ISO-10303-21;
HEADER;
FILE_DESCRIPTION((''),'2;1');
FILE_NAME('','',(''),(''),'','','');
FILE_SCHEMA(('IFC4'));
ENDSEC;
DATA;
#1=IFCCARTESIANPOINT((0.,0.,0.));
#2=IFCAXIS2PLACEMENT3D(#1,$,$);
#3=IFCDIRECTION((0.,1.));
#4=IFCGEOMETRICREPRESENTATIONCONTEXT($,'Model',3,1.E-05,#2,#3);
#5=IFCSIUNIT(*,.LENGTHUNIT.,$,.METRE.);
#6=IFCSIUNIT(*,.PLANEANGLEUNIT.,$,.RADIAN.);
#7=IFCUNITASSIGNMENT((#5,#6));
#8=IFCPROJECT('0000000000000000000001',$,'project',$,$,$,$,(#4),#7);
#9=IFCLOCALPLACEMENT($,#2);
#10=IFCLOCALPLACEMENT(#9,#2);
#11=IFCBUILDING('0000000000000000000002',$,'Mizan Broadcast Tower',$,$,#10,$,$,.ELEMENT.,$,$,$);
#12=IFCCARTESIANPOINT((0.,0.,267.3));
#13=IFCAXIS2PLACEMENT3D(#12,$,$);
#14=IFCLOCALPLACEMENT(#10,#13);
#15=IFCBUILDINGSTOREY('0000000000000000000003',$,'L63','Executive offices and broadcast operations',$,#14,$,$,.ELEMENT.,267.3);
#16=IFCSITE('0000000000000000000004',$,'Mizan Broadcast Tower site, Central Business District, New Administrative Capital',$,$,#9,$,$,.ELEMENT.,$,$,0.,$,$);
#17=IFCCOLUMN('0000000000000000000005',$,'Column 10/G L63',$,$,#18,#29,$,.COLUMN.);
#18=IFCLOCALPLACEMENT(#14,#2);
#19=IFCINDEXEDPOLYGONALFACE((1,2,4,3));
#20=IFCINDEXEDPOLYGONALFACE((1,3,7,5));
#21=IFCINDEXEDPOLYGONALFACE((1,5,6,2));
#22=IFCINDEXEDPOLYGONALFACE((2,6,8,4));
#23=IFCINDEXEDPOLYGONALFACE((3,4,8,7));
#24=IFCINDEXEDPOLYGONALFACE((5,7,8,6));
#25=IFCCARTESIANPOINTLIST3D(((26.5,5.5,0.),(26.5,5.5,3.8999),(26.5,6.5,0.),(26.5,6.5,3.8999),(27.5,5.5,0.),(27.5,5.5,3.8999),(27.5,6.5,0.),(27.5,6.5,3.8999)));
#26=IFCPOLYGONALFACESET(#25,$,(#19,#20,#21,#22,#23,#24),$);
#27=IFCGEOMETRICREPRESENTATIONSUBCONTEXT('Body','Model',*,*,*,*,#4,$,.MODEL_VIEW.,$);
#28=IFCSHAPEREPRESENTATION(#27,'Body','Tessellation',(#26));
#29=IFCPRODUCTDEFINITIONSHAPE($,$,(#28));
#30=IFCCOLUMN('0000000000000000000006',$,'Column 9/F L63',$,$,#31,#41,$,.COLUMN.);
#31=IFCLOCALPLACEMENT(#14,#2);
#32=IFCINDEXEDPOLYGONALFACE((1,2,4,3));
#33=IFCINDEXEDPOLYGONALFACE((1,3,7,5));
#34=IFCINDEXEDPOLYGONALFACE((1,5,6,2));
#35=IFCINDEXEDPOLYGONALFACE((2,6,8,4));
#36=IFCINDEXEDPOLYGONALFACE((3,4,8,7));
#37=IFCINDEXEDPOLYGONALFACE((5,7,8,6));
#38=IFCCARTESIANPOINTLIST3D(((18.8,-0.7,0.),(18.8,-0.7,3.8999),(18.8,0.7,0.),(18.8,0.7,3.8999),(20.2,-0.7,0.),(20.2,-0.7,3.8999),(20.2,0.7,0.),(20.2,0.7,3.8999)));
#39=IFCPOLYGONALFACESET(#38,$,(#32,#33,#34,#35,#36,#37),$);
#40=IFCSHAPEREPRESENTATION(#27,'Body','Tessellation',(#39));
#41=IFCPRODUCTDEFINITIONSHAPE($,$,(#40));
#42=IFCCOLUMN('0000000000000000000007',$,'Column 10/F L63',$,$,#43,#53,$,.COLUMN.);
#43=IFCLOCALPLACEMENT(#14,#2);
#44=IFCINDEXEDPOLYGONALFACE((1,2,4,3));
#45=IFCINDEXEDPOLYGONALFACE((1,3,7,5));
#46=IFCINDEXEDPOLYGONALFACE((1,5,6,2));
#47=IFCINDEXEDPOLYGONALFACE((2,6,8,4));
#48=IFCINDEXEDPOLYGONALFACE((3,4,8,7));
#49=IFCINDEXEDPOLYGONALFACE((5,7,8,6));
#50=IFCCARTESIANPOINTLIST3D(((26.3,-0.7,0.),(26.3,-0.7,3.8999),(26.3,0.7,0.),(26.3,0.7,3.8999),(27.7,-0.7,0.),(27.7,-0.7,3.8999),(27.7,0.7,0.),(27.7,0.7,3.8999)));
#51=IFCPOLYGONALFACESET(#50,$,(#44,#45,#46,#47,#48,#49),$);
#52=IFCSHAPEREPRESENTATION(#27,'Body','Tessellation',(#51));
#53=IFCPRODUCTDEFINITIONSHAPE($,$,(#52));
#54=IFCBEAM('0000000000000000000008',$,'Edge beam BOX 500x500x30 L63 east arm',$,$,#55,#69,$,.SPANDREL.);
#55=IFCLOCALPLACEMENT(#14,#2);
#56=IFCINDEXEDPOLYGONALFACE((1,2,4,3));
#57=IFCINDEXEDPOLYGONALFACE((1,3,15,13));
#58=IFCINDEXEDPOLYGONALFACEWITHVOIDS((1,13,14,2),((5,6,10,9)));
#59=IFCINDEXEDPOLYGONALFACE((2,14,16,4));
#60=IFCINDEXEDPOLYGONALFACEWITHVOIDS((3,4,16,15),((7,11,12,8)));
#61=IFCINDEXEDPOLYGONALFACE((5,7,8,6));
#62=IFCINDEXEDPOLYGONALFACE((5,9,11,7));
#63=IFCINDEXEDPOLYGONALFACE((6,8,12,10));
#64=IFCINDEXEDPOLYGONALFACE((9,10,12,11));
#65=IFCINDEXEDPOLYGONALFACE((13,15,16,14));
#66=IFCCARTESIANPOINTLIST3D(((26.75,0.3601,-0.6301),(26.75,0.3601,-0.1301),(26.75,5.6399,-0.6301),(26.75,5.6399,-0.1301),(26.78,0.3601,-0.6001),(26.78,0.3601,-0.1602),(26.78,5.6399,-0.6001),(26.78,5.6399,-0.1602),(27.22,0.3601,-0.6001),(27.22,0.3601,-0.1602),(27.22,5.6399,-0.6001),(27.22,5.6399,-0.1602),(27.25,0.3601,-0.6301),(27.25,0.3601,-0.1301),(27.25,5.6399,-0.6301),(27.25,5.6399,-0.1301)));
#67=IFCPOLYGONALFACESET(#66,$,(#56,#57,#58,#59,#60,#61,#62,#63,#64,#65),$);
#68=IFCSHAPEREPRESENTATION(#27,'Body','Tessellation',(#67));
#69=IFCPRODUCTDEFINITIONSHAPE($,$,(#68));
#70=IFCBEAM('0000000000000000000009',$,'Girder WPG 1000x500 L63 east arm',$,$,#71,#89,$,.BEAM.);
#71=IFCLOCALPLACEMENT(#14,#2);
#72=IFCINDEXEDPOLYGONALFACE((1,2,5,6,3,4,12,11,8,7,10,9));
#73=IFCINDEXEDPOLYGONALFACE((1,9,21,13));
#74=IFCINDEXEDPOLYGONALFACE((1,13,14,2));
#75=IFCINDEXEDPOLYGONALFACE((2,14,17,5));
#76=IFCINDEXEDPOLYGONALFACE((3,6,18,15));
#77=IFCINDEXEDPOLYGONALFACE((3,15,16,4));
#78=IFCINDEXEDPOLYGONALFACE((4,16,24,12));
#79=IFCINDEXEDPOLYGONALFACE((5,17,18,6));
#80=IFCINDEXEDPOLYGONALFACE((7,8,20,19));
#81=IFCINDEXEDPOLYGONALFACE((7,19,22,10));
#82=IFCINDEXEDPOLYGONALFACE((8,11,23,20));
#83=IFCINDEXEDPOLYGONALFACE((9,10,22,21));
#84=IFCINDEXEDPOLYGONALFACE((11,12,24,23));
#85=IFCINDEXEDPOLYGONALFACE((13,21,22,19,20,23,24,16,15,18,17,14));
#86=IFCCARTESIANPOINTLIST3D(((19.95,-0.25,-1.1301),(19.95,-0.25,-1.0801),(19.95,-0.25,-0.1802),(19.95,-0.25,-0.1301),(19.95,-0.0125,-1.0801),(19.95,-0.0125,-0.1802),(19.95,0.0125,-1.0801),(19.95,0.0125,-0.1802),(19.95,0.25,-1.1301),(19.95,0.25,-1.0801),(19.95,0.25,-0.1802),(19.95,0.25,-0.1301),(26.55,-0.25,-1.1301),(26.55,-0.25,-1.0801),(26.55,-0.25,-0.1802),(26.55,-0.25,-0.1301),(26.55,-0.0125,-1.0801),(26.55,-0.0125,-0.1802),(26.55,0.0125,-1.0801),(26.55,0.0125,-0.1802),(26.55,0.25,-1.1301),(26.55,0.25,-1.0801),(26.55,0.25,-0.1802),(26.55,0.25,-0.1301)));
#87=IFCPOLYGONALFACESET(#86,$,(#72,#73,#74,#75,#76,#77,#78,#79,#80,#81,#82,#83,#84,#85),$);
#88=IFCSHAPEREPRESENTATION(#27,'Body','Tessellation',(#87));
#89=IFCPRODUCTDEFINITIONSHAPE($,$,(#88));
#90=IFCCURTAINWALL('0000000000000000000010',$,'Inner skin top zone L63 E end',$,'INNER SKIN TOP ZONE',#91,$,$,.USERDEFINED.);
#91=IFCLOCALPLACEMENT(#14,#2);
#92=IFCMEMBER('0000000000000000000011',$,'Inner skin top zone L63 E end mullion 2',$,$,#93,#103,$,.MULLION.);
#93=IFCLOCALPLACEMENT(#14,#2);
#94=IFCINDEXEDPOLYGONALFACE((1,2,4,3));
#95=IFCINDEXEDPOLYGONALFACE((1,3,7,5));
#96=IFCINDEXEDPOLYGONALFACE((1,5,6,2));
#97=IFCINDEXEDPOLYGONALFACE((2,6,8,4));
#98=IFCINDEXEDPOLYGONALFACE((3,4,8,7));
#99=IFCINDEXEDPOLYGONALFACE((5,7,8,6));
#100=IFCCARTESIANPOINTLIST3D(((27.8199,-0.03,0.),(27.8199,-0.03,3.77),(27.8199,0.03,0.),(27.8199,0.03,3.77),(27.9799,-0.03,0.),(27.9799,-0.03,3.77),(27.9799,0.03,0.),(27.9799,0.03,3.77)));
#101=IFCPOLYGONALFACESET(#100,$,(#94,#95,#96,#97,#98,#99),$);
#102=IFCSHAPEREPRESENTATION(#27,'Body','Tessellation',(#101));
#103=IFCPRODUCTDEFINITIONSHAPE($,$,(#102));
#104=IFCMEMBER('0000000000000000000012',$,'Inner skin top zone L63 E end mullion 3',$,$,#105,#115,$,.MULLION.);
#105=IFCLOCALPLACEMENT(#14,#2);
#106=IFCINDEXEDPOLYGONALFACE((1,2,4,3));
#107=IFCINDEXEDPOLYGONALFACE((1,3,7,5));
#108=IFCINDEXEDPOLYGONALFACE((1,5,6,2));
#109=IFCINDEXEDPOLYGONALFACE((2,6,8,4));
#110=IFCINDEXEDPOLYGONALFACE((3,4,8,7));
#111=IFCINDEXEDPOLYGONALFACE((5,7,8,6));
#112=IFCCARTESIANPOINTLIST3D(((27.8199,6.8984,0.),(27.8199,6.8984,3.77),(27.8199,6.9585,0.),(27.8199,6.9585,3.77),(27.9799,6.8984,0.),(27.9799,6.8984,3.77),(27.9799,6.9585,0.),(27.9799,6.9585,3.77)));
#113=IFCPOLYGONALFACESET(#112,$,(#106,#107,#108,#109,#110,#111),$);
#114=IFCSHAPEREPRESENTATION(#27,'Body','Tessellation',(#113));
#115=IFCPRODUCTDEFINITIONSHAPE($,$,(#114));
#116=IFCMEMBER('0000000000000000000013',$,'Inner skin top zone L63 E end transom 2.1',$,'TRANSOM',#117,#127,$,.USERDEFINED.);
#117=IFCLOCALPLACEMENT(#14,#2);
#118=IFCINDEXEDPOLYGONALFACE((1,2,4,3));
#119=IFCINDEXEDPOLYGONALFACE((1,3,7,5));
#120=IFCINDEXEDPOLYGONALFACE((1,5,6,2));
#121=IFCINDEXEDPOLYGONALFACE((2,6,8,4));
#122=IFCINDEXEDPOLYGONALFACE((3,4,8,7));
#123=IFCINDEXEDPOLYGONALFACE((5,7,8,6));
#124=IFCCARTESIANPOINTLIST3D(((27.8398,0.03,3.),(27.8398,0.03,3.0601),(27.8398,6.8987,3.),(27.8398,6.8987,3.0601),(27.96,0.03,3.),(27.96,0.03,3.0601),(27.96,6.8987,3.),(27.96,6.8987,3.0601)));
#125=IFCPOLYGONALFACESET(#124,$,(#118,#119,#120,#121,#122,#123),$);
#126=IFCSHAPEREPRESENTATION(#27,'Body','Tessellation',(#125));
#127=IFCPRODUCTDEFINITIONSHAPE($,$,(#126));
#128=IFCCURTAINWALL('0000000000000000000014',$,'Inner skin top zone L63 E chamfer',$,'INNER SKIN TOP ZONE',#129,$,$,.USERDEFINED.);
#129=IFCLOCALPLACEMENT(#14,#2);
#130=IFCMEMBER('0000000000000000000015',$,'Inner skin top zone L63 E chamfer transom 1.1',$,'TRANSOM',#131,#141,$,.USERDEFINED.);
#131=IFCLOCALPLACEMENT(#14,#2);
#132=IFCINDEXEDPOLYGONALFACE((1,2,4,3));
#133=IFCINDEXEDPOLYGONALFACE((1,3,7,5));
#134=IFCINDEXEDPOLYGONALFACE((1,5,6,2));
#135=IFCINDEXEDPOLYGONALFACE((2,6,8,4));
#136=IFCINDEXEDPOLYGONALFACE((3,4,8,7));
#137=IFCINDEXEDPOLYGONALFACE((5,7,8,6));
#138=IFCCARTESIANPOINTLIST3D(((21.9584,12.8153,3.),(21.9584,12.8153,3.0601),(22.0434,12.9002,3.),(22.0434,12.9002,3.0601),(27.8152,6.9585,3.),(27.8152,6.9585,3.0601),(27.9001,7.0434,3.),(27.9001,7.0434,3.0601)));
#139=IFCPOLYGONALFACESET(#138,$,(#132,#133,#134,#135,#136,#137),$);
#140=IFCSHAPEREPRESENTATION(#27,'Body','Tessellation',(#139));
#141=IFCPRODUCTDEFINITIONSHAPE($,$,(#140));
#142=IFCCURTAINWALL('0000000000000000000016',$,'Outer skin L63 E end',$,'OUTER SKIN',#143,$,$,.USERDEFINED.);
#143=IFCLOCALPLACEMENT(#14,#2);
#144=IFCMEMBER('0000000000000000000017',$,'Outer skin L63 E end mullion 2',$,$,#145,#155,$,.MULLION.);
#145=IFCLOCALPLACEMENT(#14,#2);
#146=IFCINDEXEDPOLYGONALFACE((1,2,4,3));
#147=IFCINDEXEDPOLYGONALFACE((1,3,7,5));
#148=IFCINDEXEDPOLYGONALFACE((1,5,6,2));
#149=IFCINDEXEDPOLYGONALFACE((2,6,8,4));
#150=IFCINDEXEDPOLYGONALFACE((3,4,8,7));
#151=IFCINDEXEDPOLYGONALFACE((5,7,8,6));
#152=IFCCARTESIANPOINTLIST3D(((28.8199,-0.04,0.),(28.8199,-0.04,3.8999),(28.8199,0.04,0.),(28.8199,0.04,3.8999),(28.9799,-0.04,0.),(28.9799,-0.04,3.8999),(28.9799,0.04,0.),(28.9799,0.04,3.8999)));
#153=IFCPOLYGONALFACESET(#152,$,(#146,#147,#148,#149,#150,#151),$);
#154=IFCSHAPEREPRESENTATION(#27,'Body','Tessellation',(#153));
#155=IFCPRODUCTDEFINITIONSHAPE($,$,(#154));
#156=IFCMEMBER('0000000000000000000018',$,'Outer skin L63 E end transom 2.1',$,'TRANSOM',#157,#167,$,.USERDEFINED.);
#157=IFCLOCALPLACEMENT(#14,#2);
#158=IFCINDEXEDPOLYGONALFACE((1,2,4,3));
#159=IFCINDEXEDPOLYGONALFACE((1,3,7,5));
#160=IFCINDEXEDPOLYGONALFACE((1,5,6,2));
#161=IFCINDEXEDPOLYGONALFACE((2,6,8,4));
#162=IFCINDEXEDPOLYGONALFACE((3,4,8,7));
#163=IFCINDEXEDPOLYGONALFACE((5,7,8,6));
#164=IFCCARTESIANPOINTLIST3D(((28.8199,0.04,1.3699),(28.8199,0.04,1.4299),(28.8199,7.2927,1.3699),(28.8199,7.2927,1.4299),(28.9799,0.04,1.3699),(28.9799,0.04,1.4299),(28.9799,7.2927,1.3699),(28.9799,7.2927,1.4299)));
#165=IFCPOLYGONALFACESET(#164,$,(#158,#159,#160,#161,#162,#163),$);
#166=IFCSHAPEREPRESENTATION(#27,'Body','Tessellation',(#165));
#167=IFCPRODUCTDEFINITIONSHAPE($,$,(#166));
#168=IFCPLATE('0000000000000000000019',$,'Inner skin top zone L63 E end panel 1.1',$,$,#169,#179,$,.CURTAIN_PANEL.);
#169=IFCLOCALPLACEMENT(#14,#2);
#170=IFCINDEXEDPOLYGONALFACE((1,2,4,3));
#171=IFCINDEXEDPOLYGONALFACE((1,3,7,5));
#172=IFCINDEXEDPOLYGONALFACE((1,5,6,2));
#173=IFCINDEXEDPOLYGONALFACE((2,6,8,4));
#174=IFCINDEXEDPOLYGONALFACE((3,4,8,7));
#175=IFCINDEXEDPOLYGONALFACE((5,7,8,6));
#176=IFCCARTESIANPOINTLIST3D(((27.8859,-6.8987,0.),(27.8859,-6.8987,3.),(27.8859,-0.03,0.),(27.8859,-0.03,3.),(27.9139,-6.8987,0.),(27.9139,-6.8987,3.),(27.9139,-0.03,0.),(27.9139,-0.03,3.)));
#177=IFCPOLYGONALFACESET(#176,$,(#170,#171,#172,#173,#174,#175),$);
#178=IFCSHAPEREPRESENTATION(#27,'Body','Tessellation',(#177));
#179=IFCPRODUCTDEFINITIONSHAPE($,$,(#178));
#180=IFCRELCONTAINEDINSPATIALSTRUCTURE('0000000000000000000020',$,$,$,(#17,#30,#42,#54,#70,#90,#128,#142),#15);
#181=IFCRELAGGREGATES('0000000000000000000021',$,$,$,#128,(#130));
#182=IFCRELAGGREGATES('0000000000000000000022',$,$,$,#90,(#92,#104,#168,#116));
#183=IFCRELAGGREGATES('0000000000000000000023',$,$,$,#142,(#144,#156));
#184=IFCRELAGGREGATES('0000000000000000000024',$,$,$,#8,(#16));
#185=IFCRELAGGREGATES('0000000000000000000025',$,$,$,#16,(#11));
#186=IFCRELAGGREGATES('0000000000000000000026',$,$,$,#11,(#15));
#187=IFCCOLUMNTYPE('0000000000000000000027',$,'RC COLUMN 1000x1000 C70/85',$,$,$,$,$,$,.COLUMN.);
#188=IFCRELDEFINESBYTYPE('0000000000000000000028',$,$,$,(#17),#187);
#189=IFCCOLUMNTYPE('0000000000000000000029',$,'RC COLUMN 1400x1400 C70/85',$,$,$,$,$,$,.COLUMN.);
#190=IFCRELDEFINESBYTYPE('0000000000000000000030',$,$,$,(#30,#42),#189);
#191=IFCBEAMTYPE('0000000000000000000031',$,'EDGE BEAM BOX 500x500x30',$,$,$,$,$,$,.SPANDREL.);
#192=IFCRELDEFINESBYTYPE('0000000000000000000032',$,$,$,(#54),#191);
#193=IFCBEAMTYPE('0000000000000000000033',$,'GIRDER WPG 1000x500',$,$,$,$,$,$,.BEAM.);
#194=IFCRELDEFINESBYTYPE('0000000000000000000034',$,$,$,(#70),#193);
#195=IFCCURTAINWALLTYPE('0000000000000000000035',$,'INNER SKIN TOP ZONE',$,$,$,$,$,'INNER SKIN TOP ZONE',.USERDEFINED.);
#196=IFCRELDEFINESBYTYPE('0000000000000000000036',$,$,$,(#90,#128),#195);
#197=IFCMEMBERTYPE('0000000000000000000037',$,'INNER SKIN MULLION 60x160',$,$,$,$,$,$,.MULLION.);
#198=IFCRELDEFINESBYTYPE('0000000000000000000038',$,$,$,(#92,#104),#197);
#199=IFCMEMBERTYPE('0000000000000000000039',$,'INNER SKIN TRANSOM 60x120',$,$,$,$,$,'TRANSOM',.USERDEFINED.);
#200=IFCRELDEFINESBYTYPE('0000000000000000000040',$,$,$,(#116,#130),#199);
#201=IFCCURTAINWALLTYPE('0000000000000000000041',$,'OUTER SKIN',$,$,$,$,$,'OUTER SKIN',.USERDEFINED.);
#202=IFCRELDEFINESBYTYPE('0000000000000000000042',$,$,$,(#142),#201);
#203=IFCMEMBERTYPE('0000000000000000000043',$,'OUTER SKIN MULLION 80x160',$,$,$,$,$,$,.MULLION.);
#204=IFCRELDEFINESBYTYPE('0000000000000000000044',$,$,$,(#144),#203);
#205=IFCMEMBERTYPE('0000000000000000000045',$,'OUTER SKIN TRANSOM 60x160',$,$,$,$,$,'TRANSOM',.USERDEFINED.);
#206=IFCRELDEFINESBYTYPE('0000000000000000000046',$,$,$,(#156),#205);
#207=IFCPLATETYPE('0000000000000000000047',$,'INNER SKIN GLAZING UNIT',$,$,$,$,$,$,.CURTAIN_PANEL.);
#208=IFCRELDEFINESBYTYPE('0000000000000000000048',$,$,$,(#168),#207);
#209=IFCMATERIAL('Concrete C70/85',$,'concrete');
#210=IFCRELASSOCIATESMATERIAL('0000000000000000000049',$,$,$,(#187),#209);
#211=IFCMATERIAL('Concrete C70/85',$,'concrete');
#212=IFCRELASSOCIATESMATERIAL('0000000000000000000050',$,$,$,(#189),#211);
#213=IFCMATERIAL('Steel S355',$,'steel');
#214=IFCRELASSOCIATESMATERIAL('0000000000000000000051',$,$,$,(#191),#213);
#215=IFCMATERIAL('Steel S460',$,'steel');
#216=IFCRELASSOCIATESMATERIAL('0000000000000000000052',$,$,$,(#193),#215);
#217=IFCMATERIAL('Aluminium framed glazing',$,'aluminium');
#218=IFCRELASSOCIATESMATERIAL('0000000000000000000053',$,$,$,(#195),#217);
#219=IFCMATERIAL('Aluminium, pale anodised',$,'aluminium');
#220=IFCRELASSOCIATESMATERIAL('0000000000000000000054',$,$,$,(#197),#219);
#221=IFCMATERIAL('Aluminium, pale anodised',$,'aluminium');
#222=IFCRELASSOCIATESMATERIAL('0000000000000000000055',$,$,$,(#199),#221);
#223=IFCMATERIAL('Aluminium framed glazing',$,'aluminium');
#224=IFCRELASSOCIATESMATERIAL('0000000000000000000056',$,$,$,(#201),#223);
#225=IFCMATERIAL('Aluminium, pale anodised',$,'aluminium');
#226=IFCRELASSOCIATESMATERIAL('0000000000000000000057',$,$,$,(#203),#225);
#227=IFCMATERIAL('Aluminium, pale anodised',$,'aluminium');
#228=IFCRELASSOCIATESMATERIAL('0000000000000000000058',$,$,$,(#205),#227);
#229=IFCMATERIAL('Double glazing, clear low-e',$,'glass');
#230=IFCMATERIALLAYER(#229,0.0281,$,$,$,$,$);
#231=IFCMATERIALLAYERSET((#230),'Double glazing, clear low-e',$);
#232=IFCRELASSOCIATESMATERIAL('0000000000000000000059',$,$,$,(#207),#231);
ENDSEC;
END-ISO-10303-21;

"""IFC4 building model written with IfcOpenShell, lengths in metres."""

from ifc_helpers import new_model, si_unit, direction, frame, origin, origin_2d, place, context, subcontext, project, spatial, rectangle, hollow_rectangle, i_section, extrude, material, layer, layer_set, material_profile, profile_set, type_object, element, aggregate, save


model = new_model("IFC4")

# Units and contexts
model_context = context("Model", 3, precision=1e-05, world=origin(), true_north=direction((0.0, 1.0)))
body_context = subcontext(model_context, "Body", "Model", "MODEL_VIEW")
ifc_project = project(units=[si_unit("LENGTHUNIT", "METRE"), si_unit("PLANEANGLEUNIT", "RADIAN")], contexts=[model_context])

# Site, building, storey
site_placement = place(None, origin())
site = spatial("IfcSite", under=ifc_project, at=site_placement, Name="Mizan Broadcast Tower site, Central Business District, New Administrative Capital", CompositionType="ELEMENT", RefElevation=0.0)
building_placement = place(site_placement, origin())
building = spatial("IfcBuilding", under=site, at=building_placement, Name="Mizan Broadcast Tower", CompositionType="ELEMENT")
storey_placement = place(building_placement, frame((0.0, 0.0, 267.3)))
storey = spatial("IfcBuildingStorey", under=building, at=storey_placement, Name="L63", Description="Executive offices and broadcast operations", CompositionType="ELEMENT", Elevation=267.3)

# Columns
ifc_material_1 = material(Name="Concrete C70/85", Category="concrete")
ifc_material_profile_1 = material_profile(ifc_material_1, rectangle(XDim=1.0, YDim=1.0, at=origin_2d()), Name="RC 1000x1000")
ifc_profile_set_1 = profile_set([ifc_material_profile_1], Name="Concrete C70/85")
column_type_1 = type_object("IfcColumnType", Name="RC COLUMN 1000x1000 C70/85", PredefinedType="COLUMN", material=ifc_profile_set_1)
column_placement = place(storey_placement, frame((27.0, 6.0, 0.0), z_axis=(0.0, 0.0, 1.0), x_axis=(1.0, 0.0, 0.0)))
element("IfcColumn", 1, at=column_placement, inside=storey, type_object=column_type_1, Name="Column 10/G L63", PredefinedType="COLUMN", context=body_context, shape_type="SweptSolid", body=[
    extrude(rectangle(XDim=1.0, YDim=1.0, at=origin_2d()), origin(), (0.0, 0.0, 1.0), 3.8999),
])
ifc_material_2 = material(Name="Concrete C70/85", Category="concrete")
ifc_material_profile_2 = material_profile(ifc_material_2, rectangle(XDim=1.3999, YDim=1.3999, at=origin_2d()), Name="RC 1400x1400")
ifc_profile_set_2 = profile_set([ifc_material_profile_2], Name="Concrete C70/85")
column_type_2 = type_object("IfcColumnType", Name="RC COLUMN 1400x1400 C70/85", PredefinedType="COLUMN", material=ifc_profile_set_2)
for number, where, z_axis, x_axis, name in (
    (2, (19.5, 0.0, 0.0), (0.0, 0.0, 1.0), (1.0, 0.0, 0.0), "Column 9/F L63"),
    (3, (27.0, 0.0, 0.0), (0.0, 0.0, 1.0), (1.0, 0.0, 0.0), "Column 10/F L63"),
):
    element("IfcColumn", number, at=place(storey_placement, frame(where, z_axis=z_axis, x_axis=x_axis)), inside=storey, type_object=column_type_2, Name=name, PredefinedType="COLUMN", context=body_context, shape_type="SweptSolid", body=[
        extrude(rectangle(XDim=1.3999, YDim=1.3999, at=origin_2d()), origin(), (0.0, 0.0, 1.0), 3.8999),
    ])

# Beams
ifc_material_3 = material(Name="Steel S355", Category="steel")
ifc_material_profile_3 = material_profile(ifc_material_3, hollow_rectangle(XDim=0.5, YDim=0.5, WallThickness=0.03, at=origin_2d()), Name="BOX 500x500x30")
ifc_profile_set_3 = profile_set([ifc_material_profile_3], Name="Steel S355")
beam_type_1 = type_object("IfcBeamType", Name="EDGE BEAM BOX 500x500x30", PredefinedType="SPANDREL", material=ifc_profile_set_3)
beam_1_placement = place(storey_placement, frame((27.0, 5.6399, -0.3801), z_axis=(0.0, -1.0, 0.0), x_axis=(1.0, 0.0, 0.0)))
element("IfcBeam", 4, at=beam_1_placement, inside=storey, type_object=beam_type_1, Name="Edge beam BOX 500x500x30 L63 east arm", PredefinedType="SPANDREL", context=body_context, shape_type="SweptSolid", body=[
    extrude(hollow_rectangle(XDim=0.5, YDim=0.5, WallThickness=0.03, at=origin_2d()), origin(), (0.0, 0.0, 1.0), 5.2798),
])
ifc_material_4 = material(Name="Steel S460", Category="steel")
ifc_material_profile_4 = material_profile(ifc_material_4, i_section(OverallWidth=0.5, OverallDepth=1.0, WebThickness=0.0249, FlangeThickness=0.05, at=origin_2d()), Name="WPG 1000x500")
ifc_profile_set_4 = profile_set([ifc_material_profile_4], Name="Steel S460")
beam_type_2 = type_object("IfcBeamType", Name="GIRDER WPG 1000x500", PredefinedType="BEAM", material=ifc_profile_set_4)
beam_2_placement = place(storey_placement, frame((19.95, 0.0, -0.6301), z_axis=(1.0, 0.0, 0.0), x_axis=(0.0, 1.0, 0.0)))
element("IfcBeam", 5, at=beam_2_placement, inside=storey, type_object=beam_type_2, Name="Girder WPG 1000x500 L63 east arm", PredefinedType="BEAM", context=body_context, shape_type="SweptSolid", body=[
    extrude(i_section(OverallWidth=0.5, OverallDepth=1.0, WebThickness=0.0249, FlangeThickness=0.05, at=origin_2d()), origin(), (0.0, 0.0, 1.0), 6.6001),
])

# Curtain wall, members
ifc_material_5 = material(Name="Aluminium framed glazing", Category="aluminium")
curtain_wall_type_1 = type_object("IfcCurtainWallType", Name="INNER SKIN TOP ZONE", ElementType="INNER SKIN TOP ZONE", PredefinedType="USERDEFINED", material=ifc_material_5)
curtain_wall_1_placement = place(storey_placement, origin())
curtain_wall_1 = element("IfcCurtainWall", 6, at=curtain_wall_1_placement, inside=storey, type_object=curtain_wall_type_1, Name="Inner skin top zone L63 E end", ObjectType="INNER SKIN TOP ZONE", PredefinedType="USERDEFINED")
ifc_material_6 = material(Name="Aluminium, pale anodised", Category="aluminium")
ifc_material_profile_5 = material_profile(ifc_material_6, rectangle(XDim=0.1599, YDim=0.0601, at=origin_2d()), Name="MULLION 160x60")
ifc_profile_set_5 = profile_set([ifc_material_profile_5], Name="Aluminium, pale anodised")
member_type_1 = type_object("IfcMemberType", Name="INNER SKIN MULLION 60x160", PredefinedType="MULLION", material=ifc_profile_set_5)
member_1_placement = place(storey_placement, frame((27.8999, 0.0, 0.0), z_axis=(0.0, 0.0, 1.0), x_axis=(-1.0, 0.0, 0.0)))
member_1 = element("IfcMember", 7, at=member_1_placement, type_object=member_type_1, Name="Inner skin top zone L63 E end mullion 2", PredefinedType="MULLION", context=body_context, shape_type="SweptSolid", body=[
    extrude(rectangle(XDim=0.1599, YDim=0.0601, at=origin_2d()), origin(), (0.0, 0.0, 1.0), 3.77),
])
member_2_placement = place(storey_placement, frame((27.8999, 6.9285, 0.0), z_axis=(0.0, 0.0, 1.0), x_axis=(-1.0, 0.0, 0.0)))
member_2 = element("IfcMember", 8, at=member_2_placement, type_object=member_type_1, Name="Inner skin top zone L63 E end mullion 3", PredefinedType="MULLION", context=body_context, shape_type="SweptSolid", body=[
    extrude(rectangle(XDim=0.1599, YDim=0.0601, at=origin_2d()), origin(), (0.0, 0.0, 1.0), 3.77),
])
ifc_material_7 = material(Name="Aluminium, pale anodised", Category="aluminium")
ifc_material_profile_6 = material_profile(ifc_material_7, rectangle(XDim=0.1201, YDim=0.0601, at=origin_2d()), Name="TRANSOM 120x60")
ifc_profile_set_6 = profile_set([ifc_material_profile_6], Name="Aluminium, pale anodised")
member_type_2 = type_object("IfcMemberType", Name="INNER SKIN TRANSOM 60x120", ElementType="TRANSOM", PredefinedType="USERDEFINED", material=ifc_profile_set_6)
member_3_placement = place(storey_placement, frame((27.8999, 0.03, 3.03), z_axis=(0.0, 1.0, 0.0), x_axis=(-1.0, 0.0, 0.0)))
member_3 = element("IfcMember", 9, at=member_3_placement, type_object=member_type_2, Name="Inner skin top zone L63 E end transom 2.1", ObjectType="TRANSOM", PredefinedType="USERDEFINED", context=body_context, shape_type="SweptSolid", body=[
    extrude(rectangle(XDim=0.1201, YDim=0.0601, at=origin_2d()), origin(), (0.0, 0.0, 1.0), 6.8687),
])

# Curtain wall, member
curtain_wall_2_placement = place(storey_placement, origin())
curtain_wall_2 = element("IfcCurtainWall", 10, at=curtain_wall_2_placement, inside=storey, type_object=curtain_wall_type_1, Name="Inner skin top zone L63 E chamfer", ObjectType="INNER SKIN TOP ZONE", PredefinedType="USERDEFINED")
member_4_placement = place(storey_placement, frame((27.8577, 7.001, 3.03), z_axis=(-0.707107, 0.707107, 0.0), x_axis=(-0.707107, -0.707107, 0.0)))
member_4 = element("IfcMember", 11, at=member_4_placement, type_object=member_type_2, Name="Inner skin top zone L63 E chamfer transom 1.1", ObjectType="TRANSOM", PredefinedType="USERDEFINED", context=body_context, shape_type="SweptSolid", body=[
    extrude(rectangle(XDim=0.1201, YDim=0.0601, at=origin_2d()), origin(), (0.0, 0.0, 1.0), 8.2827),
])
aggregate(curtain_wall_2, [member_4])

# Curtain wall, members
ifc_material_8 = material(Name="Aluminium framed glazing", Category="aluminium")
curtain_wall_type_2 = type_object("IfcCurtainWallType", Name="OUTER SKIN", ElementType="OUTER SKIN", PredefinedType="USERDEFINED", material=ifc_material_8)
curtain_wall_3_placement = place(storey_placement, origin())
curtain_wall_3 = element("IfcCurtainWall", 12, at=curtain_wall_3_placement, inside=storey, type_object=curtain_wall_type_2, Name="Outer skin L63 E end", ObjectType="OUTER SKIN", PredefinedType="USERDEFINED")
ifc_material_9 = material(Name="Aluminium, pale anodised", Category="aluminium")
ifc_material_profile_7 = material_profile(ifc_material_9, rectangle(XDim=0.1599, YDim=0.0801, at=origin_2d()), Name="MULLION 160x80")
ifc_profile_set_7 = profile_set([ifc_material_profile_7], Name="Aluminium, pale anodised")
member_type_3 = type_object("IfcMemberType", Name="OUTER SKIN MULLION 80x160", PredefinedType="MULLION", material=ifc_profile_set_7)
member_5_placement = place(storey_placement, frame((28.8999, 0.0, 0.0), z_axis=(0.0, 0.0, 1.0), x_axis=(-1.0, 0.0, 0.0)))
member_5 = element("IfcMember", 13, at=member_5_placement, type_object=member_type_3, Name="Outer skin L63 E end mullion 2", PredefinedType="MULLION", context=body_context, shape_type="SweptSolid", body=[
    extrude(rectangle(XDim=0.1599, YDim=0.0801, at=origin_2d()), origin(), (0.0, 0.0, 1.0), 3.8999),
])
ifc_material_10 = material(Name="Aluminium, pale anodised", Category="aluminium")
ifc_material_profile_8 = material_profile(ifc_material_10, rectangle(XDim=0.1599, YDim=0.0601, at=origin_2d()), Name="TRANSOM 160x60")
ifc_profile_set_8 = profile_set([ifc_material_profile_8], Name="Aluminium, pale anodised")
member_type_4 = type_object("IfcMemberType", Name="OUTER SKIN TRANSOM 60x160", ElementType="TRANSOM", PredefinedType="USERDEFINED", material=ifc_profile_set_8)
member_6_placement = place(storey_placement, frame((28.8999, 0.04, 1.3999), z_axis=(0.0, 1.0, 0.0), x_axis=(-1.0, 0.0, 0.0)))
member_6 = element("IfcMember", 14, at=member_6_placement, type_object=member_type_4, Name="Outer skin L63 E end transom 2.1", ObjectType="TRANSOM", PredefinedType="USERDEFINED", context=body_context, shape_type="SweptSolid", body=[
    extrude(rectangle(XDim=0.1599, YDim=0.0601, at=origin_2d()), origin(), (0.0, 0.0, 1.0), 7.2527),
])

# Plate
ifc_material_11 = material(Name="Double glazing, clear low-e", Category="glass")
ifc_layer_1 = layer(ifc_material_11, 0.0281)
ifc_layer_set_1 = layer_set([ifc_layer_1], Name="Double glazing, clear low-e")
plate_type_1 = type_object("IfcPlateType", Name="INNER SKIN GLAZING UNIT", PredefinedType="CURTAIN_PANEL", material=ifc_layer_set_1)
plate_1_placement = place(storey_placement, frame((27.8999, -3.4644, 0.0), z_axis=(0.0, 0.0, 1.0), x_axis=(0.0, 1.0, 0.0)))
plate_1 = element("IfcPlate", 15, at=plate_1_placement, type_object=plate_type_1, Name="Inner skin top zone L63 E end panel 1.1", PredefinedType="CURTAIN_PANEL", context=body_context, shape_type="SweptSolid", body=[
    extrude(rectangle(XDim=6.8687, YDim=0.0281, at=origin_2d()), origin(), (0.0, 0.0, 1.0), 3.0),
])
aggregate(curtain_wall_1, [member_1, member_2, plate_1, member_3])
aggregate(curtain_wall_3, [member_5, member_6])

save(model, "model.ifc")
